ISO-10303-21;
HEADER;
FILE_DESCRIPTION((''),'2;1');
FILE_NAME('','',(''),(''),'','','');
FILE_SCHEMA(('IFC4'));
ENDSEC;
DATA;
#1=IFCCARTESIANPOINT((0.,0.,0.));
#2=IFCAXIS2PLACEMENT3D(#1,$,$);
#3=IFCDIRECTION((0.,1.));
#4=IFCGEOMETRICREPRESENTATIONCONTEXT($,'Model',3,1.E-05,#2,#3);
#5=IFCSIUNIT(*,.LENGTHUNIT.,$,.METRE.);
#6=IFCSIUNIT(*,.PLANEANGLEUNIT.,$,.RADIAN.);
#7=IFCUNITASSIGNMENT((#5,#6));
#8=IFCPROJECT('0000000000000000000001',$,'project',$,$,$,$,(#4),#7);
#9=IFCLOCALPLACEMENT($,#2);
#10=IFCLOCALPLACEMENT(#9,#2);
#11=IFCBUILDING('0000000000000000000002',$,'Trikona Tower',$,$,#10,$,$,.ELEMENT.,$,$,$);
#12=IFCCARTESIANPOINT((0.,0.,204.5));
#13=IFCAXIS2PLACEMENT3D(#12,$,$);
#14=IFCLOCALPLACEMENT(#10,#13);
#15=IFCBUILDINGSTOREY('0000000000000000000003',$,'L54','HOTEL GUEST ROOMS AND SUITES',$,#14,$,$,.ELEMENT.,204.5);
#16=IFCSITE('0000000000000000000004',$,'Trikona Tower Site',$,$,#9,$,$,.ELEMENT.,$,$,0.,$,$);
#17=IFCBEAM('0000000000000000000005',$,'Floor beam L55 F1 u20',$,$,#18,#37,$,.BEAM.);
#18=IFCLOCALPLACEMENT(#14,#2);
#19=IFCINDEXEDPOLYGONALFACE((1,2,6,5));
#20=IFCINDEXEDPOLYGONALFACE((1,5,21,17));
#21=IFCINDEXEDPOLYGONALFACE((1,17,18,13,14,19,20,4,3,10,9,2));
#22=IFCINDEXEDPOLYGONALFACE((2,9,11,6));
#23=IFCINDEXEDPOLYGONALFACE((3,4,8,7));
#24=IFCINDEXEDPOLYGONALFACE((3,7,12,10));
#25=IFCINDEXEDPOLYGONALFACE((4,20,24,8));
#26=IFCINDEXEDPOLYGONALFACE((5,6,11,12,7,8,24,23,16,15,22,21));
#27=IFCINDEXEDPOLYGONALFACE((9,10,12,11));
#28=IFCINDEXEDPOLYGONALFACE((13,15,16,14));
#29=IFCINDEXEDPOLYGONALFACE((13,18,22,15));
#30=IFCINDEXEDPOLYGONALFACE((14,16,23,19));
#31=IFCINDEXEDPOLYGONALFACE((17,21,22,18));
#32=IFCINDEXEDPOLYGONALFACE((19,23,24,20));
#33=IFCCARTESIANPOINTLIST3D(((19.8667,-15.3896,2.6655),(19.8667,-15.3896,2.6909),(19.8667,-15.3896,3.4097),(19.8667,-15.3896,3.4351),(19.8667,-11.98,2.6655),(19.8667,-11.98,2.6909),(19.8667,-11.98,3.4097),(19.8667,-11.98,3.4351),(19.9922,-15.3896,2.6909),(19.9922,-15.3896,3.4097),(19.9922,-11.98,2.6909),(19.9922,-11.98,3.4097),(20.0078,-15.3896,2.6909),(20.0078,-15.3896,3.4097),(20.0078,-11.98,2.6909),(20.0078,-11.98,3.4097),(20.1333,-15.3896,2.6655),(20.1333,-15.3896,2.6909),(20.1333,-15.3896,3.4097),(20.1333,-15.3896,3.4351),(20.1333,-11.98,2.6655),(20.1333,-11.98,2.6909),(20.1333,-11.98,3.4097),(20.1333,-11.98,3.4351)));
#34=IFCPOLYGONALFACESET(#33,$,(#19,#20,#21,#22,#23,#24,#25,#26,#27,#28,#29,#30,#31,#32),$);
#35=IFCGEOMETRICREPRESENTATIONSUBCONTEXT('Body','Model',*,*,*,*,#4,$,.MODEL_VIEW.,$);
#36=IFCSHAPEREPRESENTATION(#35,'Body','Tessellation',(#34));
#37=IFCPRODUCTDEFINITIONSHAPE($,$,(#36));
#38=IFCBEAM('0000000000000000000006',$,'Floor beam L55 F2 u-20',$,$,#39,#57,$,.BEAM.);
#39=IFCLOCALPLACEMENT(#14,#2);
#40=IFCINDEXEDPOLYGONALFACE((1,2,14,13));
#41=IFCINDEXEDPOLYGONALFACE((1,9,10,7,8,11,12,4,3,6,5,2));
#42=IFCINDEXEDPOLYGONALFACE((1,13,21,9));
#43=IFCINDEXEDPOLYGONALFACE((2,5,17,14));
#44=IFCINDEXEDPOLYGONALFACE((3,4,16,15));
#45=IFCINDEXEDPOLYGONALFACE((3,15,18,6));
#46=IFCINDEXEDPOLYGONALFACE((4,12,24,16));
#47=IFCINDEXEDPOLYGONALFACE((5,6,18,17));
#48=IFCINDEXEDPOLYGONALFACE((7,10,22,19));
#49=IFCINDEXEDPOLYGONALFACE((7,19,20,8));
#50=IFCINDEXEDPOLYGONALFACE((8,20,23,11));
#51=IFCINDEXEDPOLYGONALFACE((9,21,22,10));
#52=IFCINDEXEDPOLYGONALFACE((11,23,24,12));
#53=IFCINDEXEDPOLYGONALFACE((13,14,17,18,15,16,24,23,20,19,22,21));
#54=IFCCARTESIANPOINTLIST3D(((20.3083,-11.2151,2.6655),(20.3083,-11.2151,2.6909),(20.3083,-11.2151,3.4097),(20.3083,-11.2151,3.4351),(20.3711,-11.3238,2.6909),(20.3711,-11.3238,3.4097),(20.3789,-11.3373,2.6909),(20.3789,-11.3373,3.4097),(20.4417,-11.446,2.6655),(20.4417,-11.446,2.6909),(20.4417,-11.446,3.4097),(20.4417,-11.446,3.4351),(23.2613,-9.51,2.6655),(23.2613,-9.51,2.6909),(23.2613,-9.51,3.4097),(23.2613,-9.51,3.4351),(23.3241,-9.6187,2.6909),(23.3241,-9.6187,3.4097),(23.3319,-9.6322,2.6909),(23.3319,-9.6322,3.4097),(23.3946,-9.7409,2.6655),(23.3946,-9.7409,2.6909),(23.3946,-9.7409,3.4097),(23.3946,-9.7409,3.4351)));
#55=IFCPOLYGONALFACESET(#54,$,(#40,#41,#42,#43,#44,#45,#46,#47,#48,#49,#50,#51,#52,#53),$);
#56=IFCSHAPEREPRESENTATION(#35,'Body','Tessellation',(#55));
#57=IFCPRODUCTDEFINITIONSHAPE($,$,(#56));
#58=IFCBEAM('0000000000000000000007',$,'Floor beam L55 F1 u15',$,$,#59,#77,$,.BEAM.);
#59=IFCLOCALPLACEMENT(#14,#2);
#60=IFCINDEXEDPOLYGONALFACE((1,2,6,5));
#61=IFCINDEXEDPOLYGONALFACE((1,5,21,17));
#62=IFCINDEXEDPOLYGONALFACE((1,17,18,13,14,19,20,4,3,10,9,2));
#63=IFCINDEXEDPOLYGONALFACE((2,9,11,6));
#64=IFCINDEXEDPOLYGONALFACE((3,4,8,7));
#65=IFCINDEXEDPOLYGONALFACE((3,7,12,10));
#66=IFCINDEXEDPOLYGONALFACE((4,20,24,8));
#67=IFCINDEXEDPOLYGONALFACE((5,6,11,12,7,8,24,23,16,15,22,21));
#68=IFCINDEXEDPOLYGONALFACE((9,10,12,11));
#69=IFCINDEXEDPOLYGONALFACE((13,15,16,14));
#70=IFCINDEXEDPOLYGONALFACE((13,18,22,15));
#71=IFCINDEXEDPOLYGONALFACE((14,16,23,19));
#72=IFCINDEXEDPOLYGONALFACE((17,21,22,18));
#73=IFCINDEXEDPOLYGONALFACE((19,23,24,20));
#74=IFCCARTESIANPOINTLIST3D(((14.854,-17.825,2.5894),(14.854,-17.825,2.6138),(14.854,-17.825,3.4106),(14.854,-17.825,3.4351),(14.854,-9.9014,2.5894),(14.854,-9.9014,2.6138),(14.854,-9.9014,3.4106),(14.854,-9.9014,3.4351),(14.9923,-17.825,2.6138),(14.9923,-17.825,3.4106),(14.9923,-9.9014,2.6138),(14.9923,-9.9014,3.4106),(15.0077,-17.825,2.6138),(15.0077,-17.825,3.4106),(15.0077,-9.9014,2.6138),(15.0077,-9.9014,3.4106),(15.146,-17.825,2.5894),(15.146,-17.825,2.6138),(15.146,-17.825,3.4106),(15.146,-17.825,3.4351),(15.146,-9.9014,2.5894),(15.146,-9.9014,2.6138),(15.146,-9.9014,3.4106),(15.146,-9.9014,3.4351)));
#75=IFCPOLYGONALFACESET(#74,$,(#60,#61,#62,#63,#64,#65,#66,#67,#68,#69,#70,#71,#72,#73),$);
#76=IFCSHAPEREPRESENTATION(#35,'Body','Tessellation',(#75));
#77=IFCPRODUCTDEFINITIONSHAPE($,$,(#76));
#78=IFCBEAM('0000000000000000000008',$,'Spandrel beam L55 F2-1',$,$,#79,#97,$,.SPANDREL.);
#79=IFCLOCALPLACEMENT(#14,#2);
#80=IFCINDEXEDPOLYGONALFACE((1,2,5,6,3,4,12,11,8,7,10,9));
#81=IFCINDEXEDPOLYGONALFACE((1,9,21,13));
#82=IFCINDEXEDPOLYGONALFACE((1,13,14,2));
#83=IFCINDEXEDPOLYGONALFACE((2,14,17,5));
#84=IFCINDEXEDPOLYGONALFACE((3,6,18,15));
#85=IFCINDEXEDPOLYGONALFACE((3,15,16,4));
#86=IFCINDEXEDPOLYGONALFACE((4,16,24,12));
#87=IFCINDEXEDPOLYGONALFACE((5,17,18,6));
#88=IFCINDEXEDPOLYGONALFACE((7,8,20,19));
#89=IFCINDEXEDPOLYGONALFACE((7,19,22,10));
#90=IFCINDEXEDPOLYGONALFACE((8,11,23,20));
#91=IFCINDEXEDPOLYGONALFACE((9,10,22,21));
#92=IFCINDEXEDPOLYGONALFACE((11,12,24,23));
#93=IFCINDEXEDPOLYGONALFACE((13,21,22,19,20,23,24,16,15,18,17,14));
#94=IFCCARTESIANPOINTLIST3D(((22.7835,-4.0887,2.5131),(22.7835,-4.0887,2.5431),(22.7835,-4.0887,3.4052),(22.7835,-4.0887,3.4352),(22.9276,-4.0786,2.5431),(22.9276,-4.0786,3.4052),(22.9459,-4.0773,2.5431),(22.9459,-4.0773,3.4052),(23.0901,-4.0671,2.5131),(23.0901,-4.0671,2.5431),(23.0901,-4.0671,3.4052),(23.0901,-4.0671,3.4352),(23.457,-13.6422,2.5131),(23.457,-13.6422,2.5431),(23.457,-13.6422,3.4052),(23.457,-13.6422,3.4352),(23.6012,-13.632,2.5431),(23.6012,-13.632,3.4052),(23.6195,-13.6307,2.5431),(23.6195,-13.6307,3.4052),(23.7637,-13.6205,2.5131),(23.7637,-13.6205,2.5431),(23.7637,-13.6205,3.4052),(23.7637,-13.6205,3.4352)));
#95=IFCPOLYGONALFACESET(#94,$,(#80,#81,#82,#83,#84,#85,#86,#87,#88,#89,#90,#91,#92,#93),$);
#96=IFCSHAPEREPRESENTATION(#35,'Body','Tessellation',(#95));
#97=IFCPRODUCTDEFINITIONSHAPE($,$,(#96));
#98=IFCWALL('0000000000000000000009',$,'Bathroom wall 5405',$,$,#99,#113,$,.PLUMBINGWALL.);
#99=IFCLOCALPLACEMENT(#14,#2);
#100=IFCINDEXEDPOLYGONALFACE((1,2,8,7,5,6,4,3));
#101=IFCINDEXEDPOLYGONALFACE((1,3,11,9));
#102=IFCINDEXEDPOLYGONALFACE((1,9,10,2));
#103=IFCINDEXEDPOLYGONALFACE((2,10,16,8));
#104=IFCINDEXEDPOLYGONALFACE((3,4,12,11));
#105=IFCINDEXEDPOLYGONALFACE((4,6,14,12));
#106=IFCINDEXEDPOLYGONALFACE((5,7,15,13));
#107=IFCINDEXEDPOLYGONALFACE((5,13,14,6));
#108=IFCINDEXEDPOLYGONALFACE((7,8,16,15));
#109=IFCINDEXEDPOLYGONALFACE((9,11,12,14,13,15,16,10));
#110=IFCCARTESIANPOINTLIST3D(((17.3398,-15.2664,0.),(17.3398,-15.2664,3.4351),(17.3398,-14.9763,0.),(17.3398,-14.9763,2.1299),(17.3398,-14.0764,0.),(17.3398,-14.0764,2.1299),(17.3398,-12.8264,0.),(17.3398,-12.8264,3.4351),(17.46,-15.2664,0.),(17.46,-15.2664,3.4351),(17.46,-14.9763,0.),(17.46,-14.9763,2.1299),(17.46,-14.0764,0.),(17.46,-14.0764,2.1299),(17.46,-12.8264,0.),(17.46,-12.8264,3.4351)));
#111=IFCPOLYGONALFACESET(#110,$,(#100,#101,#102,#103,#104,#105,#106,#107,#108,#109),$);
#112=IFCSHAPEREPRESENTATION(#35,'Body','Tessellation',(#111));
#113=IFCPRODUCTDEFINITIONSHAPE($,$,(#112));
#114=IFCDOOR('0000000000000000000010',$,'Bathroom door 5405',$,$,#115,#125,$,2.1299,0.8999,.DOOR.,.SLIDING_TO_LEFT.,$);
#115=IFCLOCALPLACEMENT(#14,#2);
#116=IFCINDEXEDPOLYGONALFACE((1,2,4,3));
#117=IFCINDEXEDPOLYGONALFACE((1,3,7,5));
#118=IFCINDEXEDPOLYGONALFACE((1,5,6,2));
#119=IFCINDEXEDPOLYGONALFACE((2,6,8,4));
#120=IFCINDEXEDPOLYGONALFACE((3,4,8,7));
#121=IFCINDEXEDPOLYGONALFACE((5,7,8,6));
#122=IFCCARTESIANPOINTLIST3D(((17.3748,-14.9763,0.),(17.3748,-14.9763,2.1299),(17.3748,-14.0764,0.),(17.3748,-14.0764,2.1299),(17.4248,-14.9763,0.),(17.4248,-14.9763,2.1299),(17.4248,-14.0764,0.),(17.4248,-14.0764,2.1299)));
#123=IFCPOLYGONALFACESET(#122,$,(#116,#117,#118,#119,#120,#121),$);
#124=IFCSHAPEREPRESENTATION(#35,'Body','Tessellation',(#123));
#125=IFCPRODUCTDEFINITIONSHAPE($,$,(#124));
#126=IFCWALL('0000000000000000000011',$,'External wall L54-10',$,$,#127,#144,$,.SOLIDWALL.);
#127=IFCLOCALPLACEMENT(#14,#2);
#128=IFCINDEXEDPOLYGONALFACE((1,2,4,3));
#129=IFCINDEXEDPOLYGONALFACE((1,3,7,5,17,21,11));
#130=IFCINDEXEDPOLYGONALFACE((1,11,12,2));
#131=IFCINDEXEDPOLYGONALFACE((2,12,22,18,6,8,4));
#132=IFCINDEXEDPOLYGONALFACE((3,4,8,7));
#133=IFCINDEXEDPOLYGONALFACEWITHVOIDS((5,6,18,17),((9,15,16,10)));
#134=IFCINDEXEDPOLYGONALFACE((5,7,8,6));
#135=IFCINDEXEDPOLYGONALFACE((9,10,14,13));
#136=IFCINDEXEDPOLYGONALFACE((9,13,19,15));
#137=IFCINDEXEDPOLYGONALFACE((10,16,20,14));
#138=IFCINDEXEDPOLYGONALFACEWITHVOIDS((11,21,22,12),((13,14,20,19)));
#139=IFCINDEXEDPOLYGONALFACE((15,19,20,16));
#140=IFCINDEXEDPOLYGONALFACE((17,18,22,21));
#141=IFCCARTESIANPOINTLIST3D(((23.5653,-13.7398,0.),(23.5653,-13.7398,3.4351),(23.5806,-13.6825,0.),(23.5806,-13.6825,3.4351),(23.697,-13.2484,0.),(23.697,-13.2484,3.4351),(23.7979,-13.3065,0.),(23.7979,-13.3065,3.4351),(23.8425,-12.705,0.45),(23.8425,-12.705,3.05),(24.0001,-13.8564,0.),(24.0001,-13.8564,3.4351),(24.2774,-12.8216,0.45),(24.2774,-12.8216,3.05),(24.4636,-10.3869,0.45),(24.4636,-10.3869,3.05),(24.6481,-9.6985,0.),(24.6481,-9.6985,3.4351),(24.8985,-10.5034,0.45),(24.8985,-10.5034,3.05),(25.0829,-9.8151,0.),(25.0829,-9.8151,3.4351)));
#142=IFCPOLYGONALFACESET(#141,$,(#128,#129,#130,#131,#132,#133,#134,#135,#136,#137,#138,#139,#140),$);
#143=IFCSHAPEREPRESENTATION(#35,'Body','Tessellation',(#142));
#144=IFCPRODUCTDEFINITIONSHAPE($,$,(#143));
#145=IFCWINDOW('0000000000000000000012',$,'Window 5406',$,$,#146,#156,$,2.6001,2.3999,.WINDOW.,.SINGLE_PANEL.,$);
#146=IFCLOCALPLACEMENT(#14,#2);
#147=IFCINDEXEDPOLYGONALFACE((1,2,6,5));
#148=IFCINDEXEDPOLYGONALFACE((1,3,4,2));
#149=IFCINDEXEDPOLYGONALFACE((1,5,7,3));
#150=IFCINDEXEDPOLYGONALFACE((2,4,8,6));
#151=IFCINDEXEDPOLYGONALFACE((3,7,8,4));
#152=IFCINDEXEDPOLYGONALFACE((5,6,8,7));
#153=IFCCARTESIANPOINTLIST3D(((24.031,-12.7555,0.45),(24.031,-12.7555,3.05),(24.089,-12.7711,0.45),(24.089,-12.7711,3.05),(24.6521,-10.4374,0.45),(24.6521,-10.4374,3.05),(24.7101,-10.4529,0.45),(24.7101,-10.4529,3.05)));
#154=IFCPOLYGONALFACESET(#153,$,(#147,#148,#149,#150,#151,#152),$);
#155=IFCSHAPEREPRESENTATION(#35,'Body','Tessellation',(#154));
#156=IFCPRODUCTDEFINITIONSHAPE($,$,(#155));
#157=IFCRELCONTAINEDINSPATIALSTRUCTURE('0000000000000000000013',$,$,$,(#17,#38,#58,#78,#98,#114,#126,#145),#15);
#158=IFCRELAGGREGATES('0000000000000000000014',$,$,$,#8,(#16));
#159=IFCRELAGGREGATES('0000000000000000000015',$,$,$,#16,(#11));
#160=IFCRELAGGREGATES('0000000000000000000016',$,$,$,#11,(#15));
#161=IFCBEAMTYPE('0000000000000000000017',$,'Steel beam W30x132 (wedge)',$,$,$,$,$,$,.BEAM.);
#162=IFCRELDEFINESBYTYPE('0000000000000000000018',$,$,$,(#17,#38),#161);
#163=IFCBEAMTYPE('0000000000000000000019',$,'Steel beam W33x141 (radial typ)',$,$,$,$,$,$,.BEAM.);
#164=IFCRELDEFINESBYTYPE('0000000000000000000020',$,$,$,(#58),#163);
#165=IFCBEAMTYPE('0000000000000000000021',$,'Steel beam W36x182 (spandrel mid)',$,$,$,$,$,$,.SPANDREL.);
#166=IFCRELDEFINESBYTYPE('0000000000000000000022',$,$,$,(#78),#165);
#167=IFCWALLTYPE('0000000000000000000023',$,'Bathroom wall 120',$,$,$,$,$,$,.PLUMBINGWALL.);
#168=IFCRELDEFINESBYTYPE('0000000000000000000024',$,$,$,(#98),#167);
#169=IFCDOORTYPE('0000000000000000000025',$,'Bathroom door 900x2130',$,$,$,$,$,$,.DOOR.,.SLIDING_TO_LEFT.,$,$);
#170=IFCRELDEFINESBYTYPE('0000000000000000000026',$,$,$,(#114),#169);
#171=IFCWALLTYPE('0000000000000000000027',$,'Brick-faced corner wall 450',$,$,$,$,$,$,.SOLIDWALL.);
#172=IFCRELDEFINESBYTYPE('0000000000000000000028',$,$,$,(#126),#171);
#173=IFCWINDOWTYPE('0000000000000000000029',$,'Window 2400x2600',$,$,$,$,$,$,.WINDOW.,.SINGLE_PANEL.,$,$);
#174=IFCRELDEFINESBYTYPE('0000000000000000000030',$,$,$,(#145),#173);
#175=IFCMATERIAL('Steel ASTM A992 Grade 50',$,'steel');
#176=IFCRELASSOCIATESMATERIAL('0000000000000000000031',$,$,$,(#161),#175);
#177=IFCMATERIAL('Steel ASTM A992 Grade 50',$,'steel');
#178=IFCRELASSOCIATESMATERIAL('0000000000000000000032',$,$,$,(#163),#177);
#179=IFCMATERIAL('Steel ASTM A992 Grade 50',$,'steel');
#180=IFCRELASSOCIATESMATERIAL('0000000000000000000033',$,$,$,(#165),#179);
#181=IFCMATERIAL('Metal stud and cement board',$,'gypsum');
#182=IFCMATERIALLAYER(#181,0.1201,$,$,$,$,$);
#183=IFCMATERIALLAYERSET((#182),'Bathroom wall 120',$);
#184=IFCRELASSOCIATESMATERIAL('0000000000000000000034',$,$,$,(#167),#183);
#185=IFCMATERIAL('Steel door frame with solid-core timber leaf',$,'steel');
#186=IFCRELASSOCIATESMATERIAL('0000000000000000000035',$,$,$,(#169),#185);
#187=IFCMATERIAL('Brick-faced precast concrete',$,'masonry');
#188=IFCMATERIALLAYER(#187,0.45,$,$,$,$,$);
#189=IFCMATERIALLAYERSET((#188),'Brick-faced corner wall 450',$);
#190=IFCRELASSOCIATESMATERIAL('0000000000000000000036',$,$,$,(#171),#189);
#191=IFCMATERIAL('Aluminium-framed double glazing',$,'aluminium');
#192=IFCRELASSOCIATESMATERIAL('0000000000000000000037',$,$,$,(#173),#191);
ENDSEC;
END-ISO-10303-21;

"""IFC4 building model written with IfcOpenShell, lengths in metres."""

from ifc_helpers import new_model, si_unit, direction, frame, frame_2d, origin, origin_2d, place, context, subcontext, project, spatial, polyline, rectangle, i_section, outline, extrude, material, layer, layer_set, material_profile, profile_set, type_object, element, fill, save


model = new_model("IFC4")

# Units and contexts
model_context = context("Model", 3, precision=1e-05, world=origin(), true_north=direction((0.0, 1.0)))
body_context = subcontext(model_context, "Body", "Model", "MODEL_VIEW")
ifc_project = project(units=[si_unit("LENGTHUNIT", "METRE"), si_unit("PLANEANGLEUNIT", "RADIAN")], contexts=[model_context])

# Site, building, storey
site_placement = place(None, origin())
site = spatial("IfcSite", under=ifc_project, at=site_placement, Name="Trikona Tower Site", CompositionType="ELEMENT", RefElevation=0.0)
building_placement = place(site_placement, origin())
building = spatial("IfcBuilding", under=site, at=building_placement, Name="Trikona Tower", CompositionType="ELEMENT")
storey_placement = place(building_placement, frame((0.0, 0.0, 204.5)))
storey = spatial("IfcBuildingStorey", under=building, at=storey_placement, Name="L54", Description="HOTEL GUEST ROOMS AND SUITES", CompositionType="ELEMENT", Elevation=204.5)

# Beams
ifc_material_1 = material(Name="Steel ASTM A992 Grade 50", Category="steel")
ifc_material_profile_1 = material_profile(ifc_material_1, i_section(OverallWidth=0.2666, OverallDepth=0.7695, WebThickness=0.0156, FlangeThickness=0.0254, at=origin_2d()), Name="W30X132")
ifc_profile_set_1 = profile_set([ifc_material_profile_1], Name="Steel ASTM A992 Grade 50")
beam_type_1 = type_object("IfcBeamType", Name="Steel beam W30x132 (wedge)", PredefinedType="BEAM", material=ifc_profile_set_1)
beam_1_placement = place(storey_placement, frame((20.0, -11.98, 3.0503), z_axis=(0.0, -1.0, 0.0), x_axis=(1.0, 0.0, 0.0)))
element("IfcBeam", 1, at=beam_1_placement, inside=storey, type_object=beam_type_1, Name="Floor beam L55 F1 u20", PredefinedType="BEAM", context=body_context, shape_type="SweptSolid", body=[
    extrude(i_section(OverallWidth=0.2666, OverallDepth=0.7695, WebThickness=0.0156, FlangeThickness=0.0254, at=origin_2d()), origin(), (0.0, 0.0, 1.0), 3.4097),
])
beam_2_placement = place(storey_placement, frame((20.375, -11.3306, 3.0503), z_axis=(0.865996, 0.500051, 0.0), x_axis=(-0.500051, 0.865996, 0.0)))
element("IfcBeam", 2, at=beam_2_placement, inside=storey, type_object=beam_type_1, Name="Floor beam L55 F2 u-20", PredefinedType="BEAM", context=body_context, shape_type="SweptSolid", body=[
    extrude(i_section(OverallWidth=0.2666, OverallDepth=0.7695, WebThickness=0.0156, FlangeThickness=0.0254, at=origin_2d()), origin(), (0.0, 0.0, 1.0), 3.4099),
])
ifc_material_2 = material(Name="Steel ASTM A992 Grade 50", Category="steel")
ifc_material_profile_2 = material_profile(ifc_material_2, i_section(OverallWidth=0.292, OverallDepth=0.8457, WebThickness=0.0154, FlangeThickness=0.0244, at=origin_2d()), Name="W33X141")
ifc_profile_set_2 = profile_set([ifc_material_profile_2], Name="Steel ASTM A992 Grade 50")
beam_type_2 = type_object("IfcBeamType", Name="Steel beam W33x141 (radial typ)", PredefinedType="BEAM", material=ifc_profile_set_2)
beam_3_placement = place(storey_placement, frame((15.0, -9.9014, 3.0122), z_axis=(0.0, -1.0, 0.0), x_axis=(1.0, 0.0, 0.0)))
element("IfcBeam", 3, at=beam_3_placement, inside=storey, type_object=beam_type_2, Name="Floor beam L55 F1 u15", PredefinedType="BEAM", context=body_context, shape_type="SweptSolid", body=[
    extrude(i_section(OverallWidth=0.292, OverallDepth=0.8457, WebThickness=0.0154, FlangeThickness=0.0244, at=origin_2d()), origin(), (0.0, 0.0, 1.0), 7.9236),
])
ifc_material_3 = material(Name="Steel ASTM A992 Grade 50", Category="steel")
ifc_material_profile_3 = material_profile(ifc_material_3, i_section(OverallWidth=0.3074, OverallDepth=0.9221, WebThickness=0.0183, FlangeThickness=0.03, at=origin_2d()), Name="W36X182")
ifc_profile_set_3 = profile_set([ifc_material_profile_3], Name="Steel ASTM A992 Grade 50")
beam_type_3 = type_object("IfcBeamType", Name="Steel beam W36x182 (spandrel mid)", PredefinedType="SPANDREL", material=ifc_profile_set_3)
beam_4_placement = place(storey_placement, frame((23.6104, -13.6313, 2.9741), z_axis=(-0.070332, 0.997524, 0.0), x_axis=(-0.997524, -0.070332, 0.0)))
element("IfcBeam", 4, at=beam_4_placement, inside=storey, type_object=beam_type_3, Name="Spandrel beam L55 F2-1", PredefinedType="SPANDREL", context=body_context, shape_type="SweptSolid", body=[
    extrude(i_section(OverallWidth=0.3074, OverallDepth=0.9221, WebThickness=0.0183, FlangeThickness=0.03, at=origin_2d()), origin(), (0.0, 0.0, 1.0), 9.5771),
])

# Wall, opening, door
ifc_material_4 = material(Name="Metal stud and cement board", Category="gypsum")
ifc_layer_1 = layer(ifc_material_4, 0.1201)
ifc_layer_set_1 = layer_set([ifc_layer_1], Name="Bathroom wall 120")
wall_type_1 = type_object("IfcWallType", Name="Bathroom wall 120", PredefinedType="PLUMBINGWALL", material=ifc_layer_set_1)
wall_1_placement = place(storey_placement, frame((17.3999, -12.8264, 0.0), z_axis=(0.0, 0.0, 1.0), x_axis=(0.0, -1.0, 0.0)))
wall_1 = element("IfcWall", 5, at=wall_1_placement, inside=storey, type_object=wall_type_1, Name="Bathroom wall 5405", PredefinedType="PLUMBINGWALL", context=body_context, shape_type="SweptSolid", body=[
    extrude(rectangle(XDim=2.4399, YDim=0.1201, at=frame_2d((1.22, 0.0))), origin(), (0.0, 0.0, 1.0), 3.4351),
])
opening_1_placement = place(wall_1_placement, frame((1.25, 0.0, 0.0)))
opening_1 = element("IfcOpeningElement", 6, at=opening_1_placement, cuts=wall_1, PredefinedType="OPENING", context=body_context, shape_type="SweptSolid", body=[
    extrude(rectangle(XDim=0.8999, YDim=2.1299, at=frame_2d((0.45, 1.0649))), frame((0.0, 0.0701, 0.0), z_axis=(0.0, -1.0, 0.0), x_axis=(1.0, 0.0, 0.0)), (0.0, 0.0, 1.0), 0.1401),
])
ifc_material_5 = material(Name="Steel door frame with solid-core timber leaf", Category="steel")
door_type_1 = type_object("IfcDoorType", Name="Bathroom door 900x2130", OperationType="SLIDING_TO_LEFT", PredefinedType="DOOR", material=ifc_material_5)
door_1_placement = place(opening_1_placement, origin())
door_1 = element("IfcDoor", 7, at=door_1_placement, inside=storey, type_object=door_type_1, Name="Bathroom door 5405", OperationType="SLIDING_TO_LEFT", OverallHeight=2.1299, OverallWidth=0.8999, PredefinedType="DOOR", context=body_context, shape_type="SweptSolid", body=[
    extrude(rectangle(XDim=0.8999, YDim=2.1299, at=frame_2d((0.45, 1.0649))), frame((0.0, 0.0249, 0.0), z_axis=(0.0, -1.0, 0.0), x_axis=(1.0, 0.0, 0.0)), (0.0, 0.0, 1.0), 0.05),
])
fill(opening_1, door_1)

# Wall, opening, window
ifc_material_6 = material(Name="Brick-faced precast concrete", Category="masonry")
ifc_layer_2 = layer(ifc_material_6, 0.45)
ifc_layer_set_2 = layer_set([ifc_layer_2], Name="Brick-faced corner wall 450")
wall_type_2 = type_object("IfcWallType", Name="Brick-faced corner wall 450", PredefinedType="SOLIDWALL", material=ifc_layer_set_2)
wall_2_placement = place(storey_placement, frame((23.7827, -13.7981, 0.0), z_axis=(0.0, 0.0, 1.0), x_axis=(0.258799, 0.965931, 0.0)))
wall_2 = element("IfcWall", 8, at=wall_2_placement, inside=storey, type_object=wall_type_2, Name="External wall L54-10", PredefinedType="SOLIDWALL", context=body_context, shape_type="SweptSolid", body=[
    extrude(outline(polyline([(4.1838, 0.2251), (0.5088, 0.2251), (0.4788, 0.1125), (0.0593, 0.2251), (0.0, 0.2251), (0.0, -0.2251), (4.1838, -0.2251), (4.1838, 0.2251)])), origin(), (0.0, 0.0, 1.0), 3.4351),
])
opening_2_placement = place(wall_2_placement, frame((1.0713, 0.0, 0.45)))
opening_2 = element("IfcOpeningElement", 9, at=opening_2_placement, cuts=wall_2, PredefinedType="OPENING", context=body_context, shape_type="SweptSolid", body=[
    extrude(rectangle(XDim=2.3999, YDim=2.6001, at=frame_2d((1.2, 1.3))), frame((0.0, 0.2349, 0.0), z_axis=(0.0, -1.0, 0.0), x_axis=(1.0, 0.0, 0.0)), (0.0, 0.0, 1.0), 0.47),
])
ifc_material_7 = material(Name="Aluminium-framed double glazing", Category="aluminium")
window_type_1 = type_object("IfcWindowType", Name="Window 2400x2600", PartitioningType="SINGLE_PANEL", PredefinedType="WINDOW", material=ifc_material_7)
window_1_placement = place(opening_2_placement, origin())
window_1 = element("IfcWindow", 10, at=window_1_placement, inside=storey, type_object=window_type_1, Name="Window 5406", OverallHeight=2.6001, OverallWidth=2.3999, PartitioningType="SINGLE_PANEL", PredefinedType="WINDOW", context=body_context, shape_type="SweptSolid", body=[
    extrude(rectangle(XDim=2.3999, YDim=2.6001, at=frame_2d((1.2, 1.3))), frame((0.0, 0.03, 0.0), z_axis=(0.0, -1.0, 0.0), x_axis=(1.0, 0.0, 0.0)), (0.0, 0.0, 1.0), 0.0601),
])
fill(opening_2, window_1)

save(model, "model.ifc")
